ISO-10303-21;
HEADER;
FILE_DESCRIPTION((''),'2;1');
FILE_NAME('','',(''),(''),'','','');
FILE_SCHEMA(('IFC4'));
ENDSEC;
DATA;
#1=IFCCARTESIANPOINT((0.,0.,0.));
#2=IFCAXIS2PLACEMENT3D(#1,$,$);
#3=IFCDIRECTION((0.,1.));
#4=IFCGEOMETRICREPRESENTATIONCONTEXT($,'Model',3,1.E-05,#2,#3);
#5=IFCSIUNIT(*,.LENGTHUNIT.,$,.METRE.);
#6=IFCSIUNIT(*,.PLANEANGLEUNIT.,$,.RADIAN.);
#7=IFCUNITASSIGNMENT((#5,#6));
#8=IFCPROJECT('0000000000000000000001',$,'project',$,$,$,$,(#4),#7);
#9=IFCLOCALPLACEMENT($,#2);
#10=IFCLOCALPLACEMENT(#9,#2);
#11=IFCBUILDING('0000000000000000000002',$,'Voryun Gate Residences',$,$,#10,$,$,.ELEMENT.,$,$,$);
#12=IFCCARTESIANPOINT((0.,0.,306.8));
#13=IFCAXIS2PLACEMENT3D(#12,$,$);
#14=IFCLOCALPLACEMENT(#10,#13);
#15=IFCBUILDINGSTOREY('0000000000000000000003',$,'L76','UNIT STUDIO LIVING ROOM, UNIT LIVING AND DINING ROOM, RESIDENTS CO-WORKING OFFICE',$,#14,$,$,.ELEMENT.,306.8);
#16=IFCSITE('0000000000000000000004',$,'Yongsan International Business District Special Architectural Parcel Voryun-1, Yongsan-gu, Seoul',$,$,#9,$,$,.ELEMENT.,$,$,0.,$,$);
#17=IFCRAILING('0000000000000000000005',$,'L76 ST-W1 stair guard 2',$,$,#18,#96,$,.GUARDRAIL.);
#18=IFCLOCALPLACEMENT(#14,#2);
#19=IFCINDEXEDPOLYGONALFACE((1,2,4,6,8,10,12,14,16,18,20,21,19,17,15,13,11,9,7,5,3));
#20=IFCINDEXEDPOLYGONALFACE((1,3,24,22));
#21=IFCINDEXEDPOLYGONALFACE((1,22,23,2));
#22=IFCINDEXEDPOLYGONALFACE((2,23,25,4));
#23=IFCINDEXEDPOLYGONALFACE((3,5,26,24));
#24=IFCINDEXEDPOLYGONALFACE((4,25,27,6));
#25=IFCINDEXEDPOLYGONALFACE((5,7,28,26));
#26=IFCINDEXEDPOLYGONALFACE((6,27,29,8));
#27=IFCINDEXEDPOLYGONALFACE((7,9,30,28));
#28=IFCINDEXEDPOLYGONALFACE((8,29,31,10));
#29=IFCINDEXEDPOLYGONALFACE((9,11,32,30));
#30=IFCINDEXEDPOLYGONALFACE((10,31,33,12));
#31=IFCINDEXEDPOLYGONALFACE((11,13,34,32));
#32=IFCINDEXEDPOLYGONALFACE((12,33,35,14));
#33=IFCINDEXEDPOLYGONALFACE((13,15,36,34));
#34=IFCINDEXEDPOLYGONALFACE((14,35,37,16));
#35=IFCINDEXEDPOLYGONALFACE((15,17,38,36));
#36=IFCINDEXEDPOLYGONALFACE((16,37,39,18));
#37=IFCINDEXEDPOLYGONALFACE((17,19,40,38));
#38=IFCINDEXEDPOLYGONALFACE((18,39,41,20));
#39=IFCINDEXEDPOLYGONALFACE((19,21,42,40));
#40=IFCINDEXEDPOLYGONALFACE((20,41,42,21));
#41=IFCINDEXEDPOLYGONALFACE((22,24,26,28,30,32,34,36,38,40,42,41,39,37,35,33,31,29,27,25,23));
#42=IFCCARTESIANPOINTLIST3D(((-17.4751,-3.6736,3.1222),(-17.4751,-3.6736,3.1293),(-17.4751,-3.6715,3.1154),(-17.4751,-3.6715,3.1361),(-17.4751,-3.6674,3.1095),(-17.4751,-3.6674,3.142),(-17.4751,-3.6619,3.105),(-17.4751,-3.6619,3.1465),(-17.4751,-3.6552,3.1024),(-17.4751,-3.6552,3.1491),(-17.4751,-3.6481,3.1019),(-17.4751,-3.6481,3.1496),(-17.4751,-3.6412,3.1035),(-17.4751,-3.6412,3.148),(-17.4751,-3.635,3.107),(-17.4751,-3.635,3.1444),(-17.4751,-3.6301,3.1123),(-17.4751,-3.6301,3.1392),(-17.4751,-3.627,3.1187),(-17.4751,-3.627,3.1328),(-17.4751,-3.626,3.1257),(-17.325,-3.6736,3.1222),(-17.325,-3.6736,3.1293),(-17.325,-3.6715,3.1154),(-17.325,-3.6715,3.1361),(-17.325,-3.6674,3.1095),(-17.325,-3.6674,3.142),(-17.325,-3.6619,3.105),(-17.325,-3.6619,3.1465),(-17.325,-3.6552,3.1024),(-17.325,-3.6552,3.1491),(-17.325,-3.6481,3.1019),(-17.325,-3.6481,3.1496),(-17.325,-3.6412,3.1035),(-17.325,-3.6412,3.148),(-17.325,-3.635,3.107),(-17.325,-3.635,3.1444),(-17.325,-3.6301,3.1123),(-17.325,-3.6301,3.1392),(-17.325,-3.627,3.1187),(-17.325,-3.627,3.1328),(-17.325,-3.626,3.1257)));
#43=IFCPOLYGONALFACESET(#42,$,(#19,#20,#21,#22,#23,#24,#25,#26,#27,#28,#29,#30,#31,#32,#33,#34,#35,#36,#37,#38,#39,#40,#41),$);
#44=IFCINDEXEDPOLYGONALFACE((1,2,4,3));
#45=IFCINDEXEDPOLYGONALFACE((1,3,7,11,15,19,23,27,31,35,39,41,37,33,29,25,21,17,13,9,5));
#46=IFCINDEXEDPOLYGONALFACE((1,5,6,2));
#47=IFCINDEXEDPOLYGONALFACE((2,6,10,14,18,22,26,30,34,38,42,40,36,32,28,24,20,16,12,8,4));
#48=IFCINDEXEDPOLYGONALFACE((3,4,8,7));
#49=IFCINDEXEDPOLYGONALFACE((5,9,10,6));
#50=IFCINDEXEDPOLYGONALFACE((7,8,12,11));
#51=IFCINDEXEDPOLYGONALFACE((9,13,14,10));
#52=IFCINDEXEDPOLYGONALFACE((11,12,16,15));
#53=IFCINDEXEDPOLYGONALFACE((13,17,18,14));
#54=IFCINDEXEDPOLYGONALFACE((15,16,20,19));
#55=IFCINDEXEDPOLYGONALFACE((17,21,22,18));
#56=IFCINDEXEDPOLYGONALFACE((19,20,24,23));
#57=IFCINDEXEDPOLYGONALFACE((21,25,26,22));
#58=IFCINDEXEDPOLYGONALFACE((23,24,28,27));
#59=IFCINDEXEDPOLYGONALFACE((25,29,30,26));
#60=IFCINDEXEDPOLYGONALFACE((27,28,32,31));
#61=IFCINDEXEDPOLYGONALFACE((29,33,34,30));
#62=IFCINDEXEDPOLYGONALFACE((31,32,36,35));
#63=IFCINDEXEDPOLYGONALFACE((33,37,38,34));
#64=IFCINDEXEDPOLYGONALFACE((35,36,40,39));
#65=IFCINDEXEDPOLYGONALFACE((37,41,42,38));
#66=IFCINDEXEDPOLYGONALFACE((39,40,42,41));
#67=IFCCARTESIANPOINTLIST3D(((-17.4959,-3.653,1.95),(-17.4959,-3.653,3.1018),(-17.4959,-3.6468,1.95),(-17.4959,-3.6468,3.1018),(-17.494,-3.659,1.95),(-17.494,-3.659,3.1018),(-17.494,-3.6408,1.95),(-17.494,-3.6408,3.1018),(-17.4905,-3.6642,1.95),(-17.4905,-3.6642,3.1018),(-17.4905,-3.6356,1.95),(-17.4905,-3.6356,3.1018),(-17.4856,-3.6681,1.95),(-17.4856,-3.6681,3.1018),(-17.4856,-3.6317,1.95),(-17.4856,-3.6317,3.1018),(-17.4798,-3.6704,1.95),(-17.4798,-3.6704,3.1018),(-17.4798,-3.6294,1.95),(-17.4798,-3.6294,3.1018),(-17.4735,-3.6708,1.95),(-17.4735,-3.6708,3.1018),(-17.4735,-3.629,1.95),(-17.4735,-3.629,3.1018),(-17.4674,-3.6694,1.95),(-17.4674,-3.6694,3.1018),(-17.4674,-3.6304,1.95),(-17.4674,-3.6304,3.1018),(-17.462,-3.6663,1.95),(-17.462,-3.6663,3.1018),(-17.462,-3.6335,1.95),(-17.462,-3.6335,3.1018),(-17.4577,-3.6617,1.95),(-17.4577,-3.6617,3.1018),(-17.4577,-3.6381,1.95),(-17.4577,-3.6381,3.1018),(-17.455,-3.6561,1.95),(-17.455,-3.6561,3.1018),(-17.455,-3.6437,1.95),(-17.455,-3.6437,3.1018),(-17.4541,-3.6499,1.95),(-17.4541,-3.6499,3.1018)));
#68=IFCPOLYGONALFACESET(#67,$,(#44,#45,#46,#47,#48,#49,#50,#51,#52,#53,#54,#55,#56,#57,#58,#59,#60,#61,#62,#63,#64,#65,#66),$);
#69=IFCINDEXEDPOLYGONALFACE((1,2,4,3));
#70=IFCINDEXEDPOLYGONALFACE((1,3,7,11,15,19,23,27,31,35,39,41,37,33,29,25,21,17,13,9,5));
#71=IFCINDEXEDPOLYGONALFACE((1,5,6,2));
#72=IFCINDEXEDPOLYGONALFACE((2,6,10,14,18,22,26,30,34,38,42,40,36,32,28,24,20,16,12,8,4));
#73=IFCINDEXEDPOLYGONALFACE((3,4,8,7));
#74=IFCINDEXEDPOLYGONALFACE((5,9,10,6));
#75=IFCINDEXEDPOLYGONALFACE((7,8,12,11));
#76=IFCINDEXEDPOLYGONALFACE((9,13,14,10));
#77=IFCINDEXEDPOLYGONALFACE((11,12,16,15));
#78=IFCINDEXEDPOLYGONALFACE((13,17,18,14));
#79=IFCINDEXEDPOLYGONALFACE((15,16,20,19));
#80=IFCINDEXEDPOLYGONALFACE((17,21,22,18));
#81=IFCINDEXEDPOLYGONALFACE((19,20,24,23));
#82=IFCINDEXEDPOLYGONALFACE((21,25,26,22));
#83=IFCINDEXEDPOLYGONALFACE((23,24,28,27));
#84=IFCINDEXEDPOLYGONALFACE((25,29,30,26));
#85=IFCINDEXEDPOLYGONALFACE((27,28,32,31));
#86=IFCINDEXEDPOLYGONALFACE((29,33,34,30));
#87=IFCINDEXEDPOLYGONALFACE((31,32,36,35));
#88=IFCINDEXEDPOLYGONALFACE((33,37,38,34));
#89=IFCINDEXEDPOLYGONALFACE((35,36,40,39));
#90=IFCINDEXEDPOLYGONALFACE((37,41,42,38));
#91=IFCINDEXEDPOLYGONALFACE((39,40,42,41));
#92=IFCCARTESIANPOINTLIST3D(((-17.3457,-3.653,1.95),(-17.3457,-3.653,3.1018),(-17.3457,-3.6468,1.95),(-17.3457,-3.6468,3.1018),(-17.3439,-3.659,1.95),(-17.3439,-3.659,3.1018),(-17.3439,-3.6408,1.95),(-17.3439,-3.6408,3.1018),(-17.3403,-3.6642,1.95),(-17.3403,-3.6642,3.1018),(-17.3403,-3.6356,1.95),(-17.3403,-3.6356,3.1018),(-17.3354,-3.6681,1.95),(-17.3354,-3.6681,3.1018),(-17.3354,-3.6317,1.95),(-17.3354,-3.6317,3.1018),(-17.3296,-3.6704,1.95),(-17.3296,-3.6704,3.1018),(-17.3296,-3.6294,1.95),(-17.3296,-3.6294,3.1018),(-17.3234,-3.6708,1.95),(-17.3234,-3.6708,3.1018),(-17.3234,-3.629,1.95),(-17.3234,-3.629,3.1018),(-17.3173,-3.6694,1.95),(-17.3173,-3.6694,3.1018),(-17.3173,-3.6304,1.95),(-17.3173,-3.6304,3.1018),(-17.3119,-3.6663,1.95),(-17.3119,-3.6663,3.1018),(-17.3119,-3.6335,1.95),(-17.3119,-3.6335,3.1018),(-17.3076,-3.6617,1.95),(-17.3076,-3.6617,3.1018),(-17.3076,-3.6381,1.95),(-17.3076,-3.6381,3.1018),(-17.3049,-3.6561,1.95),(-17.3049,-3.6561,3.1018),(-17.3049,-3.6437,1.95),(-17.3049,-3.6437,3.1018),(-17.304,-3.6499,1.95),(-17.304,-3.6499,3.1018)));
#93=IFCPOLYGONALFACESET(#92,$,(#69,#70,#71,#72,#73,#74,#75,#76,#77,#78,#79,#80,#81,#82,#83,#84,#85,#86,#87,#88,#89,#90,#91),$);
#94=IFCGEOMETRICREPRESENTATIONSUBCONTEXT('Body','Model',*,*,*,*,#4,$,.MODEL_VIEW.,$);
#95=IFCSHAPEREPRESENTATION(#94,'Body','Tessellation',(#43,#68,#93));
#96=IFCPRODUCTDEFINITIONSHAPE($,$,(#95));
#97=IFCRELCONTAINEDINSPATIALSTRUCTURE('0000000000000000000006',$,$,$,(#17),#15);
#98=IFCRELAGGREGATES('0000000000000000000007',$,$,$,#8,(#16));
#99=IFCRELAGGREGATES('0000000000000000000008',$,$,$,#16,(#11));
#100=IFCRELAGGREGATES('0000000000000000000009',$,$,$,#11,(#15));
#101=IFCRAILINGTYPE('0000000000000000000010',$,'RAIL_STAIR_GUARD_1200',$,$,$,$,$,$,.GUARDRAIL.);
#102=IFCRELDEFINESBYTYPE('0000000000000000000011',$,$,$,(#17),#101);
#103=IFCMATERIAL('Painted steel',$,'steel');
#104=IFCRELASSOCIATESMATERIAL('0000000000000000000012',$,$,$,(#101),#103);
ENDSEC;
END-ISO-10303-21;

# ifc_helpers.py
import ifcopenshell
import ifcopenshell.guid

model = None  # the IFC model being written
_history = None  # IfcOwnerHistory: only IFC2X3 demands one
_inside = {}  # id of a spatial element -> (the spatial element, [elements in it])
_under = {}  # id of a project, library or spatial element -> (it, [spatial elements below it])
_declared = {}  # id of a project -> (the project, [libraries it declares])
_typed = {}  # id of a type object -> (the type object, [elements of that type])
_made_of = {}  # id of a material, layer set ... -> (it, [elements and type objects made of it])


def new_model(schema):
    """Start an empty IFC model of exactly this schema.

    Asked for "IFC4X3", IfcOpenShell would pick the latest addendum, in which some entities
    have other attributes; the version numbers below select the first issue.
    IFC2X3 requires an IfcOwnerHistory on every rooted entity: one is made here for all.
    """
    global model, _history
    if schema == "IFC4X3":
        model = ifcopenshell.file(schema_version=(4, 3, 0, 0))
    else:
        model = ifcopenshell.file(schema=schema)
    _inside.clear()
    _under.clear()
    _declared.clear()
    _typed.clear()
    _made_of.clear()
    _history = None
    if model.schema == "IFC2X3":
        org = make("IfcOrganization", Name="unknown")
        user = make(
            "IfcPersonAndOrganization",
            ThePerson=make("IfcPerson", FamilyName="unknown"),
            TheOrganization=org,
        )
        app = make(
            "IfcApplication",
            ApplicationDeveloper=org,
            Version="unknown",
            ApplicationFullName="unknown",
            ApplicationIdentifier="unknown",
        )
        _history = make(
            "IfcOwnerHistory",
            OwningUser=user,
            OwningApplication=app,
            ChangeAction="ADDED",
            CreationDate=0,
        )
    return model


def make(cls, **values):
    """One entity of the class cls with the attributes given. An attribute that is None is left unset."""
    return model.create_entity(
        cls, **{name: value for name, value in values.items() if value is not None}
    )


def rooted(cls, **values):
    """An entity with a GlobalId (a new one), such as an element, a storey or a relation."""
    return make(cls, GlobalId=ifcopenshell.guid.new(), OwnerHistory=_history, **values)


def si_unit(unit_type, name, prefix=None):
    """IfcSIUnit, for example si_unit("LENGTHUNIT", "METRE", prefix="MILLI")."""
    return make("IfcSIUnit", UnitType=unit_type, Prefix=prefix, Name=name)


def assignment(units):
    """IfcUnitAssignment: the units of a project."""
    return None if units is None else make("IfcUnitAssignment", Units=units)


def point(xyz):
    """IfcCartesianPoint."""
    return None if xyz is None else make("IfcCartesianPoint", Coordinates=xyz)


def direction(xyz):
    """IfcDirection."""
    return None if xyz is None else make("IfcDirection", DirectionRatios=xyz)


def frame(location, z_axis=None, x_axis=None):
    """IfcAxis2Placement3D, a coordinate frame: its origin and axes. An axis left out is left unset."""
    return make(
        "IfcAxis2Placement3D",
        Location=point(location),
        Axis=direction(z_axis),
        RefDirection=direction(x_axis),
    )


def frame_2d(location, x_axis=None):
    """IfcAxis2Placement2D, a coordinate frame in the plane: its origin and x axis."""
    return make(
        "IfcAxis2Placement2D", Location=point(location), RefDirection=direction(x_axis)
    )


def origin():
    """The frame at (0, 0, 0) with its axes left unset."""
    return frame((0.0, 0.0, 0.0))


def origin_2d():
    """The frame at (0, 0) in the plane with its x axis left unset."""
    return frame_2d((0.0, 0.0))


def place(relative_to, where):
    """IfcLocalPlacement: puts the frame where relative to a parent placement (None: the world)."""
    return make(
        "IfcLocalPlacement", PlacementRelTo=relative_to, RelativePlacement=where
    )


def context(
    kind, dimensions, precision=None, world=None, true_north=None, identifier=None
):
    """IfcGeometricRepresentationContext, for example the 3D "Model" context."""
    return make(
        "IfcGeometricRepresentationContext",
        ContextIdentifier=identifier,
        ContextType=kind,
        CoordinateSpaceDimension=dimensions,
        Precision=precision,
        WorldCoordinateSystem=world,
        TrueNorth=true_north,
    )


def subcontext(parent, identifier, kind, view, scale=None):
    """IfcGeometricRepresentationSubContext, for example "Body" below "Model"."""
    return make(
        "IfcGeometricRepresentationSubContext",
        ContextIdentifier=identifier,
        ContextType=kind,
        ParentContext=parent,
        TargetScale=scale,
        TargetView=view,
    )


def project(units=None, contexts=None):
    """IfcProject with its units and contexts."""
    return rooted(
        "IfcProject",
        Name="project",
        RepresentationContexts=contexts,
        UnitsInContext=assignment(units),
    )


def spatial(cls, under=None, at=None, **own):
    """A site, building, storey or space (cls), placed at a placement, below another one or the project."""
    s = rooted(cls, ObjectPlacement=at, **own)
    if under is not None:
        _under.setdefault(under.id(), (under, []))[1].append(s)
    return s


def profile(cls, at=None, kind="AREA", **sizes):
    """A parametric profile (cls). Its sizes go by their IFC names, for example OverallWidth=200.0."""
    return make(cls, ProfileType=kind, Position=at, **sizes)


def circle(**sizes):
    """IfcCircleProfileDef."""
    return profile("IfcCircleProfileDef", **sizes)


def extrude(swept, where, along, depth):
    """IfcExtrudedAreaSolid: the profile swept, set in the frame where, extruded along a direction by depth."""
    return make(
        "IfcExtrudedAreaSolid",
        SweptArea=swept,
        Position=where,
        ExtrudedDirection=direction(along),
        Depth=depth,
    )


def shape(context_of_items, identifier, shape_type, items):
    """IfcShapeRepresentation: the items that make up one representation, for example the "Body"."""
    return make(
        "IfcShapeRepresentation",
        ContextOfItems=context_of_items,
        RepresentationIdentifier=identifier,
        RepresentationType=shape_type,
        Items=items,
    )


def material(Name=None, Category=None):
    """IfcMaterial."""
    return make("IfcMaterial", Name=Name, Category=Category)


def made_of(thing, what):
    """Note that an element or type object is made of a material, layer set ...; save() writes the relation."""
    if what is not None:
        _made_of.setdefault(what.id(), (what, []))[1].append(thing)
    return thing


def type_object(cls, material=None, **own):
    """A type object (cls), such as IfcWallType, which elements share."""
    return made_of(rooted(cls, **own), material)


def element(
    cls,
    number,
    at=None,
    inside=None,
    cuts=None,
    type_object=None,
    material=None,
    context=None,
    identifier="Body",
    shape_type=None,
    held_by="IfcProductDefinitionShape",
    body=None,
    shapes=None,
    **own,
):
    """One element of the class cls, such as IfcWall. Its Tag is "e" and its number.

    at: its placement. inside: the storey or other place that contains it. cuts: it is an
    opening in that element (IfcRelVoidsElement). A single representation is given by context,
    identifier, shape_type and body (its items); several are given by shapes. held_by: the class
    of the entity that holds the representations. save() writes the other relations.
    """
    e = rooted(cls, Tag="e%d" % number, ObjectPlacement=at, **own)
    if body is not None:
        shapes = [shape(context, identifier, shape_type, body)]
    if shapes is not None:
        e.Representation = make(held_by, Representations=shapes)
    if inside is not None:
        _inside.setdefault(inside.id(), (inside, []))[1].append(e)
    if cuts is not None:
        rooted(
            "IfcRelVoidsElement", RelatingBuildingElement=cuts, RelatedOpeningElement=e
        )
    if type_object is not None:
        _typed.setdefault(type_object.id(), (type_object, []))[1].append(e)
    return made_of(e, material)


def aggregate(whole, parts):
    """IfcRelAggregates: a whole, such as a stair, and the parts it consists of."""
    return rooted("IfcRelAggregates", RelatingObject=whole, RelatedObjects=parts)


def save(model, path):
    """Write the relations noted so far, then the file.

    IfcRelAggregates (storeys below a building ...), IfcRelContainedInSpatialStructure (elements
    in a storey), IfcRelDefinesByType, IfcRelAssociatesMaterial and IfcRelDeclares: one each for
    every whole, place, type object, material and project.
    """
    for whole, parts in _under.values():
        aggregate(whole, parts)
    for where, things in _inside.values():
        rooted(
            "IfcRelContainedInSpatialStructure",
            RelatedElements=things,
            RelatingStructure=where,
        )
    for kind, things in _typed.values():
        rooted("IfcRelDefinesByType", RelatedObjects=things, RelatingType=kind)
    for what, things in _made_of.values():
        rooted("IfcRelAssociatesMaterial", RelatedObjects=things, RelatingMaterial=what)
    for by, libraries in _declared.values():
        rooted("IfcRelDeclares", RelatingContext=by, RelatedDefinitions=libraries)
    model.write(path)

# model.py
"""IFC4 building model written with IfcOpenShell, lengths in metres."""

from ifc_helpers import new_model, si_unit, direction, frame, origin, origin_2d, place, context, subcontext, project, spatial, circle, extrude, material, type_object, element, save


model = new_model("IFC4")

# Units and contexts
model_context = context("Model", 3, precision=1e-05, world=origin(), true_north=direction((0.0, 1.0)))
body_context = subcontext(model_context, "Body", "Model", "MODEL_VIEW")
ifc_project = project(units=[si_unit("LENGTHUNIT", "METRE"), si_unit("PLANEANGLEUNIT", "RADIAN")], contexts=[model_context])

# Site, building, storey
site_placement = place(None, origin())
site = spatial("IfcSite", under=ifc_project, at=site_placement, Name="Yongsan International Business District Special Architectural Parcel Voryun-1, Yongsan-gu, Seoul", CompositionType="ELEMENT", RefElevation=0.0)
building_placement = place(site_placement, origin())
building = spatial("IfcBuilding", under=site, at=building_placement, Name="Voryun Gate Residences", CompositionType="ELEMENT")
storey_placement = place(building_placement, frame((0.0, 0.0, 306.8)))
storey = spatial("IfcBuildingStorey", under=building, at=storey_placement, Name="L76", Description="UNIT STUDIO LIVING ROOM, UNIT LIVING AND DINING ROOM, RESIDENTS CO-WORKING OFFICE", CompositionType="ELEMENT", Elevation=306.8)

# Railing
ifc_material_1 = material(Name="Painted steel", Category="steel")
railing_type_1 = type_object("IfcRailingType", Name="RAIL_STAIR_GUARD_1200", PredefinedType="GUARDRAIL", material=ifc_material_1)
railing_1_placement = place(storey_placement, frame((-17.4751, -3.6499, 1.95)))
element("IfcRailing", 1, at=railing_1_placement, inside=storey, type_object=railing_type_1, Name="L76 ST-W1 stair guard 2", PredefinedType="GUARDRAIL", context=body_context, shape_type="SweptSolid", body=[
    extrude(circle(Radius=0.0239, at=origin_2d()), frame((0.0, 0.0, 1.1758), z_axis=(1.0, 0.0, 0.0), x_axis=(0.0, 1.0, 0.0)), (0.0, 0.0, 1.0), 0.1501),
    extrude(circle(Radius=0.021, at=origin_2d()), origin(), (0.0, 0.0, 1.0), 1.1519),
    extrude(circle(Radius=0.021, at=origin_2d()), frame((0.1501, 0.0, 0.0)), (0.0, 0.0, 1.0), 1.1519),
])

save(model, "model.ifc")
